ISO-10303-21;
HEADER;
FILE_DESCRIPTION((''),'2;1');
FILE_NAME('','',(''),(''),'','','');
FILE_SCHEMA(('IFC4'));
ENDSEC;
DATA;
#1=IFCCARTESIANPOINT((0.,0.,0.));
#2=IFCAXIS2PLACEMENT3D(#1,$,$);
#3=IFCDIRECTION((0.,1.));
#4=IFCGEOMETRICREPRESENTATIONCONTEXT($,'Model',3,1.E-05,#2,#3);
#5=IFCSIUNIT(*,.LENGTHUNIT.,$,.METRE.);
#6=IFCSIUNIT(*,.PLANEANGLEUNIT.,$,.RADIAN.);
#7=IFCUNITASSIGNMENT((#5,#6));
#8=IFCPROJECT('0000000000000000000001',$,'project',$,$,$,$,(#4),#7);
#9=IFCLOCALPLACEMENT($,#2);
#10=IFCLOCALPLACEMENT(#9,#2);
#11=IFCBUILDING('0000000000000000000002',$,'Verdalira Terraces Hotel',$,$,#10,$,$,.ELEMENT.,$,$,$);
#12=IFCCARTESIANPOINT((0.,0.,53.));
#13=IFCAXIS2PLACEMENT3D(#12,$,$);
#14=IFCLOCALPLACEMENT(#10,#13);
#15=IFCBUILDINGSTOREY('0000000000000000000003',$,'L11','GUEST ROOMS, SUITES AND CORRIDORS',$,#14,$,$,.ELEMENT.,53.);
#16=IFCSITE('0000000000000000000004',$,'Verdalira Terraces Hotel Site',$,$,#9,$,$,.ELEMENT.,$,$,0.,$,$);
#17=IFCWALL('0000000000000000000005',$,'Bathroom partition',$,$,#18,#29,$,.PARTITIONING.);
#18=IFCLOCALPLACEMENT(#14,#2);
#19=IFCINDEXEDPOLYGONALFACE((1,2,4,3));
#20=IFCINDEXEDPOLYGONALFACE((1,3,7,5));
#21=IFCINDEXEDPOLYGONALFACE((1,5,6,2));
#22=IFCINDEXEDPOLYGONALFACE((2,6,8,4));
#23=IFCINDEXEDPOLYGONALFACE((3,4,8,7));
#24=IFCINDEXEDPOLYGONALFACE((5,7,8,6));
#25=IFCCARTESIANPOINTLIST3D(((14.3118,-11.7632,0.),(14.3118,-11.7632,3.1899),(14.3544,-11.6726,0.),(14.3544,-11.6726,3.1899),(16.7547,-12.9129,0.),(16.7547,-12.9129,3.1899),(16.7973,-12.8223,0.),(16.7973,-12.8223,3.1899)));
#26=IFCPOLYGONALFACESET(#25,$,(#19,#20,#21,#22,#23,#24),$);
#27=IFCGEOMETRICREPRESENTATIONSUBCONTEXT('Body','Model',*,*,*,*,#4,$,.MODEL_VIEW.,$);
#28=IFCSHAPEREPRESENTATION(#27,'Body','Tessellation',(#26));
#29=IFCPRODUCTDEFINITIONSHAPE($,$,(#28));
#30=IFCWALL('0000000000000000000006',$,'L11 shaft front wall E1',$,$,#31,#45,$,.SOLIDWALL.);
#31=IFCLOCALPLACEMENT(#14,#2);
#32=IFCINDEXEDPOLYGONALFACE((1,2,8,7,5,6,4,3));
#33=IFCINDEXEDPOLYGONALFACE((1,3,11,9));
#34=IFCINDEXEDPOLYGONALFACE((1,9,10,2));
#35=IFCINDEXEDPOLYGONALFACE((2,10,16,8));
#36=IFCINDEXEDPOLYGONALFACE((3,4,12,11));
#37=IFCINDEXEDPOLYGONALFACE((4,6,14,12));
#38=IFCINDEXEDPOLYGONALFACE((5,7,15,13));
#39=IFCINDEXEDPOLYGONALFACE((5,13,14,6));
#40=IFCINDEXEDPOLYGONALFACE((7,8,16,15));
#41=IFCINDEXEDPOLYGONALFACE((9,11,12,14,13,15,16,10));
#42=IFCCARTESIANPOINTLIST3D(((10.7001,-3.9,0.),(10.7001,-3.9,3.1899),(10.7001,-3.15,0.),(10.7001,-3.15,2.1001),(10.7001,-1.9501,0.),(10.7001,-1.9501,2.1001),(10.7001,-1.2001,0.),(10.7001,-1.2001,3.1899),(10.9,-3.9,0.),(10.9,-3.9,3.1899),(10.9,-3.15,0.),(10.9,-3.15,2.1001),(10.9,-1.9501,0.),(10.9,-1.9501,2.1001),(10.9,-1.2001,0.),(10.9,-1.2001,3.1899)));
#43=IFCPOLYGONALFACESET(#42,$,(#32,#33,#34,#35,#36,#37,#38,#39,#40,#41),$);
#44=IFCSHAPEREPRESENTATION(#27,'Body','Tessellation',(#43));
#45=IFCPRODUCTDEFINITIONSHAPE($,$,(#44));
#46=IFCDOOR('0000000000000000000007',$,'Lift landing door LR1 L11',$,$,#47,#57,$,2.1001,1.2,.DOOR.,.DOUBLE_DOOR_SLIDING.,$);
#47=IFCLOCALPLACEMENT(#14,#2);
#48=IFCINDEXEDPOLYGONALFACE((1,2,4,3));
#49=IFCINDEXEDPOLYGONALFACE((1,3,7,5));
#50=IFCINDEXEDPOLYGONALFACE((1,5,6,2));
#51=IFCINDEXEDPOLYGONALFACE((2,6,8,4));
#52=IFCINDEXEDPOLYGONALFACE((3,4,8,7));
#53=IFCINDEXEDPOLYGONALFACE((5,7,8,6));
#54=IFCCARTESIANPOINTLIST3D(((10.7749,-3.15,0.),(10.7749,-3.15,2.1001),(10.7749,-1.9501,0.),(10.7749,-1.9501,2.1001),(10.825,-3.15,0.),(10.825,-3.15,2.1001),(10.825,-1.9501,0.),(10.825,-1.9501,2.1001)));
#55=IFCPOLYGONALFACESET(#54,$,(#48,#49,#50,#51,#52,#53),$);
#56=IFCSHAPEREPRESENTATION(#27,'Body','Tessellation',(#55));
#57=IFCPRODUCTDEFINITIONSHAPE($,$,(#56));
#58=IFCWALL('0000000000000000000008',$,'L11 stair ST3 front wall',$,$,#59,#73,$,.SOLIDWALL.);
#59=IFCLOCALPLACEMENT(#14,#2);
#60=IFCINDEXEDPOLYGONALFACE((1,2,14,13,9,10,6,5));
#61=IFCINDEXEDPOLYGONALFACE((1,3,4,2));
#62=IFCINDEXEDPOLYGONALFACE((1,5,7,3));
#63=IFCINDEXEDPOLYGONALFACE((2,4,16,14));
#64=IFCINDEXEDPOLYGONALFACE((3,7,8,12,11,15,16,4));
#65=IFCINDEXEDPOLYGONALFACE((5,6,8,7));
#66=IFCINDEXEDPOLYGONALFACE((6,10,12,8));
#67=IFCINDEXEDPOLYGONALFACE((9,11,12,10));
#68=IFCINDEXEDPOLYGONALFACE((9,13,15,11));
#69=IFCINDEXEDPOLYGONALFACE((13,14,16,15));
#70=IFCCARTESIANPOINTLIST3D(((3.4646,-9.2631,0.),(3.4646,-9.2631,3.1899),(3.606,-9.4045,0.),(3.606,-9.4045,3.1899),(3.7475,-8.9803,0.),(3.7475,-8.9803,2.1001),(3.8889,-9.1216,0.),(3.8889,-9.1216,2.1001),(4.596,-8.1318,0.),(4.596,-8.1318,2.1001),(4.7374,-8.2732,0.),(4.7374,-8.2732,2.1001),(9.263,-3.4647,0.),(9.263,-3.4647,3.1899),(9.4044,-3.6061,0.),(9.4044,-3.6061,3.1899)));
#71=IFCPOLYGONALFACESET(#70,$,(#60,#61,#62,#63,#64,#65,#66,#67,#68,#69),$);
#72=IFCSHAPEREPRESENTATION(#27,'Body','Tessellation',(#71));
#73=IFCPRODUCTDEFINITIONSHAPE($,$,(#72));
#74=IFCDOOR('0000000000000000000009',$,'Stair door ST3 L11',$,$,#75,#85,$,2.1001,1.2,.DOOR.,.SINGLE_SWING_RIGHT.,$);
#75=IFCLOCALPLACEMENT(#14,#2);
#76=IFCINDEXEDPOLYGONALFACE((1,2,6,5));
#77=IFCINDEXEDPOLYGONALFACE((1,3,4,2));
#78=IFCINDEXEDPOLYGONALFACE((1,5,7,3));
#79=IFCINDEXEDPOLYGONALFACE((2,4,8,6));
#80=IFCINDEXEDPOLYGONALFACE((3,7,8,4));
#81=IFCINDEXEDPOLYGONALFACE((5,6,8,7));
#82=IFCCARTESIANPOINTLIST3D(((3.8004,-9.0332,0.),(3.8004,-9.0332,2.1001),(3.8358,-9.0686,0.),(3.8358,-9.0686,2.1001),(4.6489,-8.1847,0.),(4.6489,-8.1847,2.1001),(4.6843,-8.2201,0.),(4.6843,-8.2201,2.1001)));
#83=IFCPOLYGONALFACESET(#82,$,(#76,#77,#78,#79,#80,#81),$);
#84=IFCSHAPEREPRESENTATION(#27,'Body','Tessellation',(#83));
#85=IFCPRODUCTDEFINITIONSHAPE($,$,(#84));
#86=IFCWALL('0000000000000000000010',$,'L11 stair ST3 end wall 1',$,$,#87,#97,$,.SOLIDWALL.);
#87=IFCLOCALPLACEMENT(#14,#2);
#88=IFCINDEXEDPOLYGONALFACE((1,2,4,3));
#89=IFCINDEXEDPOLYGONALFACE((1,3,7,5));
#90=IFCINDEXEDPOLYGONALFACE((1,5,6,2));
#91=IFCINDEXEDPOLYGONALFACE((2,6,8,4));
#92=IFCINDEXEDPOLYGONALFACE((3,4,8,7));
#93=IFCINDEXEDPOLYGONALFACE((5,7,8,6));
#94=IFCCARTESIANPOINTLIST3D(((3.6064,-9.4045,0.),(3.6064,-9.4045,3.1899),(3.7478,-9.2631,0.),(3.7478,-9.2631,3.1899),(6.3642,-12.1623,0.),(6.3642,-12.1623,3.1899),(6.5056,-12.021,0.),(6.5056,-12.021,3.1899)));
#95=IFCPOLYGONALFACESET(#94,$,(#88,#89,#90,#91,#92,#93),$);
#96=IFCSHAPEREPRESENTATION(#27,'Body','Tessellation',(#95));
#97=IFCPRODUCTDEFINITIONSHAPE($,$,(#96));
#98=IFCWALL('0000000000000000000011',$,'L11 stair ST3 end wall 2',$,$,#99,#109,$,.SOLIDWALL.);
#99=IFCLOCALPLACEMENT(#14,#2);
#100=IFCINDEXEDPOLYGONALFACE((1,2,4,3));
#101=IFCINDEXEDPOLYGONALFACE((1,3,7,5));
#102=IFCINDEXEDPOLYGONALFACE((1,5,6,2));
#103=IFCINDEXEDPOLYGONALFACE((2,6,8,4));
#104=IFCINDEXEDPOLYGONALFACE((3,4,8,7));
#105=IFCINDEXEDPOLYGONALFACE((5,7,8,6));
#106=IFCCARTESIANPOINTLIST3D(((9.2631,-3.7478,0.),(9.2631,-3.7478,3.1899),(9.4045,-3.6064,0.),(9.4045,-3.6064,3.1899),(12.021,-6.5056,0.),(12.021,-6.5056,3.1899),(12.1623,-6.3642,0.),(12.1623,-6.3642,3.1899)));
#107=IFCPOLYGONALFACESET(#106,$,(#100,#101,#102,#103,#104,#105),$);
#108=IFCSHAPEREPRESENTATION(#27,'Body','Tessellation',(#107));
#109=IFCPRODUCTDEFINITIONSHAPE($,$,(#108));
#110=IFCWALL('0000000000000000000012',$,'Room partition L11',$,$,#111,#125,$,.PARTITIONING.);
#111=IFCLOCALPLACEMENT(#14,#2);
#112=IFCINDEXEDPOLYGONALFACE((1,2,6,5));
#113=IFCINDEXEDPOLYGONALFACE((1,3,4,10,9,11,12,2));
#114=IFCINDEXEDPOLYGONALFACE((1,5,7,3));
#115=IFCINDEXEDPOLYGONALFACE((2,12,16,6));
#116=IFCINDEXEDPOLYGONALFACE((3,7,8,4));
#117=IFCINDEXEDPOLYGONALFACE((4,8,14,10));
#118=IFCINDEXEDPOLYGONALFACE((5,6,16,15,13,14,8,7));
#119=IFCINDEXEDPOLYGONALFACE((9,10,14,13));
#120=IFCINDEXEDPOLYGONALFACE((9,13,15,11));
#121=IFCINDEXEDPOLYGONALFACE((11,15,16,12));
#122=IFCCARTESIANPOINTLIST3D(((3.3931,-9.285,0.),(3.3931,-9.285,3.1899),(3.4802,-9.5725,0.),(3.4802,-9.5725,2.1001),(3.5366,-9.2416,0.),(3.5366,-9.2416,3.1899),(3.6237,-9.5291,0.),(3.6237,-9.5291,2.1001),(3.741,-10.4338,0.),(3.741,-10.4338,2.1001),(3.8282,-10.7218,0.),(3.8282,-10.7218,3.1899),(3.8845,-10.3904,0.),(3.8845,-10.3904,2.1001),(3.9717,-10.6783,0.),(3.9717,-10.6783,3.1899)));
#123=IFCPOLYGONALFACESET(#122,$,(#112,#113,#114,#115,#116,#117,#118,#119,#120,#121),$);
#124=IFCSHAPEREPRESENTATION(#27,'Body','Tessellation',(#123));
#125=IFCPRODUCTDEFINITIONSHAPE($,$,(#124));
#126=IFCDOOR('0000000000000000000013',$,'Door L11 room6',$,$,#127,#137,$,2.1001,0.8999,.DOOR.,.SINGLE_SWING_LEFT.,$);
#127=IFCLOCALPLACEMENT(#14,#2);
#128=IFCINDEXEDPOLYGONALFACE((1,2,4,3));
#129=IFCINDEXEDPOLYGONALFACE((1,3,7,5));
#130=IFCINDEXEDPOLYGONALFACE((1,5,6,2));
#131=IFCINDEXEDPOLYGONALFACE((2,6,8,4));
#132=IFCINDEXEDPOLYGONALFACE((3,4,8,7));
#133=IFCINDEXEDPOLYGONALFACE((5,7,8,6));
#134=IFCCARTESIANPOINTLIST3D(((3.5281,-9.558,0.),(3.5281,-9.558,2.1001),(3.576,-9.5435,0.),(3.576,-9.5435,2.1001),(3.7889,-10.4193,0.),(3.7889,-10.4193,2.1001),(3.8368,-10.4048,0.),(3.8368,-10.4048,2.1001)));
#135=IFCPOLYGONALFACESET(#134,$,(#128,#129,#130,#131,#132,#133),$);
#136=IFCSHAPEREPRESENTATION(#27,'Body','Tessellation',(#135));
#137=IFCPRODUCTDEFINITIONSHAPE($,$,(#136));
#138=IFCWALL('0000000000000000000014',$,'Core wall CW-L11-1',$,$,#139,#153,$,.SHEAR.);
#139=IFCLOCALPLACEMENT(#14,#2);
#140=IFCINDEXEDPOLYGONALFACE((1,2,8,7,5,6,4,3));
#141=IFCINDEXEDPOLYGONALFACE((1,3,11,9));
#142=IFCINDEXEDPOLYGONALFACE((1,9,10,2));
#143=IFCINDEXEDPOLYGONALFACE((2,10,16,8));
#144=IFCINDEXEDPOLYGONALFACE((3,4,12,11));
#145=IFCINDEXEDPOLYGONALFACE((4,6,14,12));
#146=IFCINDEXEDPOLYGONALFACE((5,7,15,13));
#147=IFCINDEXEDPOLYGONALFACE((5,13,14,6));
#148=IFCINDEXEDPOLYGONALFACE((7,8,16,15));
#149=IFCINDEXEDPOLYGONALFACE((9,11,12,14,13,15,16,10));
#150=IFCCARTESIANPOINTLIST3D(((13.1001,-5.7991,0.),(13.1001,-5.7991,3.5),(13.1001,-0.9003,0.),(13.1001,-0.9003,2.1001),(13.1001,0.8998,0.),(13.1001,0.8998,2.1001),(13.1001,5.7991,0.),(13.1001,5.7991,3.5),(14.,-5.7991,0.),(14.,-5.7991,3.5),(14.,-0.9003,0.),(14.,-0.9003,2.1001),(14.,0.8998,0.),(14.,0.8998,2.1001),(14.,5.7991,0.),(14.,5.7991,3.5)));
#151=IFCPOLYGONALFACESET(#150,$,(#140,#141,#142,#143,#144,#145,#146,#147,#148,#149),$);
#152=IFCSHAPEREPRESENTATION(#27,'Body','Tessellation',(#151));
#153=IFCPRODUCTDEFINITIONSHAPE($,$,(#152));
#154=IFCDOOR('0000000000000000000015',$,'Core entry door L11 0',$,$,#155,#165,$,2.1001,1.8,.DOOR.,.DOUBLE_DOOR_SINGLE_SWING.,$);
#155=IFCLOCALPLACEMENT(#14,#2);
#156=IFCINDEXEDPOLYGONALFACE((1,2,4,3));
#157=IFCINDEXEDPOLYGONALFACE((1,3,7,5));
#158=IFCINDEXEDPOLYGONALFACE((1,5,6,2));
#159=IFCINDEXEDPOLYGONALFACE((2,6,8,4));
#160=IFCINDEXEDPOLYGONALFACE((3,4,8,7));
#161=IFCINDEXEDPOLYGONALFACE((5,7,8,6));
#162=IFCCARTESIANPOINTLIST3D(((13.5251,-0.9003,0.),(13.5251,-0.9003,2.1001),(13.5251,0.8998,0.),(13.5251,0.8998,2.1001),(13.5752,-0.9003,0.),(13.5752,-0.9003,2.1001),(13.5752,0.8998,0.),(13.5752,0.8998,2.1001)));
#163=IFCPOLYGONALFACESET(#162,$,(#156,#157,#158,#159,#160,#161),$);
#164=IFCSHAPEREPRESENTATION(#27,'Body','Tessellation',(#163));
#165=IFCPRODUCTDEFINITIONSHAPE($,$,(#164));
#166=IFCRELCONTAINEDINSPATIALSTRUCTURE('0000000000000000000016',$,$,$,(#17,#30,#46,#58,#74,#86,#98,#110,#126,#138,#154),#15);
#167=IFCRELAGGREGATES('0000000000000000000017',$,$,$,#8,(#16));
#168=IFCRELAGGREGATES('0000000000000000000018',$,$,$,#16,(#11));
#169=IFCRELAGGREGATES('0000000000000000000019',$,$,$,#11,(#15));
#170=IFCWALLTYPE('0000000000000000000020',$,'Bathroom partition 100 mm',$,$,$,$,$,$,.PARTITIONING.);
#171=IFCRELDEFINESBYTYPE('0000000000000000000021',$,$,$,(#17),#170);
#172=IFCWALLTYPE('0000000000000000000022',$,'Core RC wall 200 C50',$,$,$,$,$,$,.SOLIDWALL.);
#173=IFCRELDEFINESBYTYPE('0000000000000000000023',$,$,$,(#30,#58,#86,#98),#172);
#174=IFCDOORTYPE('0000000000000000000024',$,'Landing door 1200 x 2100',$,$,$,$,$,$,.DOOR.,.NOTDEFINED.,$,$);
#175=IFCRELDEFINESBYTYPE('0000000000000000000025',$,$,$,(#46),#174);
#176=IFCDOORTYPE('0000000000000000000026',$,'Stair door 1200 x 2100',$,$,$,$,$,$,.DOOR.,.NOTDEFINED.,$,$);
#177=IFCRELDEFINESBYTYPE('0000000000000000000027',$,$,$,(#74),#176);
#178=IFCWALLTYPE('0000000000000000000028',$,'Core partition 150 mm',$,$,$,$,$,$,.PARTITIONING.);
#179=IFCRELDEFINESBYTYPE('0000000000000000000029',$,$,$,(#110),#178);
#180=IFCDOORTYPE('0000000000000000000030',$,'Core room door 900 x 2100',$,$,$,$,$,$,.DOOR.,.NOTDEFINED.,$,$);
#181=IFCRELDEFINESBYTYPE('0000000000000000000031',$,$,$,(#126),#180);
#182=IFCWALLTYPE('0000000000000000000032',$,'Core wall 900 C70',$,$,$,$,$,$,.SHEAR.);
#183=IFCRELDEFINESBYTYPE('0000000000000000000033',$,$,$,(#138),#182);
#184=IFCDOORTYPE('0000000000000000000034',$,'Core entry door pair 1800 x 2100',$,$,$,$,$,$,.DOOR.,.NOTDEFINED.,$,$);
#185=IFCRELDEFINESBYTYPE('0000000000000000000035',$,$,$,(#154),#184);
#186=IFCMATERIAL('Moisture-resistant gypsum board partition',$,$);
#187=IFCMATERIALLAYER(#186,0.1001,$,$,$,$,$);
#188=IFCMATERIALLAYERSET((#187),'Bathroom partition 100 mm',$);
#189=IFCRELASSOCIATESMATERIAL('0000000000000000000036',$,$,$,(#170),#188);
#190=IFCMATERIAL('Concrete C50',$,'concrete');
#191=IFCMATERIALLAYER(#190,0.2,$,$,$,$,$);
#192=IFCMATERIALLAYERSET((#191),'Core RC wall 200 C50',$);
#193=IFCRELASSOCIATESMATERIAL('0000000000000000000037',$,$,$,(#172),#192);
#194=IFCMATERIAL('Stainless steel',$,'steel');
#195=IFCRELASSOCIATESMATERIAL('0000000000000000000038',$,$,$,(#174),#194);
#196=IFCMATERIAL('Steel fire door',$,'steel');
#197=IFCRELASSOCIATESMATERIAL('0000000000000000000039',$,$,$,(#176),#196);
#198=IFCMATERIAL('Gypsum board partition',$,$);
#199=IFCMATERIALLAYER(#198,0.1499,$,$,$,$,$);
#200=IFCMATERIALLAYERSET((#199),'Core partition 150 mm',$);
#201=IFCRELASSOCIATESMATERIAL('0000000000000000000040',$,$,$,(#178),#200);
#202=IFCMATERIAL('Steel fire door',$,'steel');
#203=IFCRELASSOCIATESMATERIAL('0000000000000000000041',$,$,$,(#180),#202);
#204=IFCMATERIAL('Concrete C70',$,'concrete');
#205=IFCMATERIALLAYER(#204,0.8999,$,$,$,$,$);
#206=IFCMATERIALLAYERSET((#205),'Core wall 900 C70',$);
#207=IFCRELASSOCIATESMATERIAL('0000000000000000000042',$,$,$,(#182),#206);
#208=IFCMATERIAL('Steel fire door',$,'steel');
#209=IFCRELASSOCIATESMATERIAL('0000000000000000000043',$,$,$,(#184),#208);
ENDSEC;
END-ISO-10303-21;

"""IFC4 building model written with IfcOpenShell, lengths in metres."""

from ifc_helpers import new_model, si_unit, direction, frame, frame_2d, origin, place, context, subcontext, project, spatial, rectangle, extrude, material, layer, layer_set, type_object, element, fill, save


model = new_model("IFC4")

# Units and contexts
model_context = context("Model", 3, precision=1e-05, world=origin(), true_north=direction((0.0, 1.0)))
body_context = subcontext(model_context, "Body", "Model", "MODEL_VIEW")
ifc_project = project(units=[si_unit("LENGTHUNIT", "METRE"), si_unit("PLANEANGLEUNIT", "RADIAN")], contexts=[model_context])

# Site, building, storey
site_placement = place(None, origin())
site = spatial("IfcSite", under=ifc_project, at=site_placement, Name="Verdalira Terraces Hotel Site", CompositionType="ELEMENT", RefElevation=0.0)
building_placement = place(site_placement, origin())
building = spatial("IfcBuilding", under=site, at=building_placement, Name="Verdalira Terraces Hotel", CompositionType="ELEMENT")
storey_placement = place(building_placement, frame((0.0, 0.0, 53.0)))
storey = spatial("IfcBuildingStorey", under=building, at=storey_placement, Name="L11", Description="GUEST ROOMS, SUITES AND CORRIDORS", CompositionType="ELEMENT", Elevation=53.0)

# Wall
ifc_material_1 = material(Name="Moisture-resistant gypsum board partition")
ifc_layer_1 = layer(ifc_material_1, 0.1001)
ifc_layer_set_1 = layer_set([ifc_layer_1], Name="Bathroom partition 100 mm")
wall_type_1 = type_object("IfcWallType", Name="Bathroom partition 100 mm", PredefinedType="PARTITIONING", material=ifc_layer_set_1)
wall_1_placement = place(storey_placement, frame((16.7761, -12.8677, 0.0), z_axis=(0.0, 0.0, 1.0), x_axis=(-0.904808, 0.425819, 0.0)))
element("IfcWall", 1, at=wall_1_placement, inside=storey, type_object=wall_type_1, Name="Bathroom partition", PredefinedType="PARTITIONING", context=body_context, shape_type="SweptSolid", body=[
    extrude(rectangle(XDim=2.7, YDim=0.1001, at=frame_2d((1.3501, 0.0))), origin(), (0.0, 0.0, 1.0), 3.1899),
])

# Walls, openings, doors
ifc_material_2 = material(Name="Concrete C50", Category="concrete")
ifc_layer_2 = layer(ifc_material_2, 0.2)
ifc_layer_set_2 = layer_set([ifc_layer_2], Name="Core RC wall 200 C50")
wall_type_2 = type_object("IfcWallType", Name="Core RC wall 200 C50", PredefinedType="SOLIDWALL", material=ifc_layer_set_2)
wall_2_placement = place(storey_placement, frame((10.8, -1.2, 0.0), z_axis=(0.0, 0.0, 1.0), x_axis=(0.0, -1.0, 0.0)))
wall_2 = element("IfcWall", 2, at=wall_2_placement, inside=storey, type_object=wall_type_2, Name="L11 shaft front wall E1", PredefinedType="SOLIDWALL", context=body_context, shape_type="SweptSolid", body=[
    extrude(rectangle(XDim=2.7, YDim=0.2, at=frame_2d((1.3501, 0.0))), origin(), (0.0, 0.0, 1.0), 3.1899),
])
opening_1_placement = place(wall_2_placement, frame((0.75, 0.0, 0.0)))
opening_1 = element("IfcOpeningElement", 3, at=opening_1_placement, cuts=wall_2, PredefinedType="OPENING", context=body_context, shape_type="SweptSolid", body=[
    extrude(rectangle(XDim=1.2, YDim=2.1001, at=frame_2d((0.6001, 1.05))), frame((0.0, 0.1099, 0.0), z_axis=(0.0, -1.0, 0.0), x_axis=(1.0, 0.0, 0.0)), (0.0, 0.0, 1.0), 0.22),
])
ifc_material_3 = material(Name="Stainless steel", Category="steel")
door_type_1 = type_object("IfcDoorType", Name="Landing door 1200 x 2100", OperationType="NOTDEFINED", PredefinedType="DOOR", material=ifc_material_3)
door_1_placement = place(opening_1_placement, origin())
door_1 = element("IfcDoor", 4, at=door_1_placement, inside=storey, type_object=door_type_1, Name="Lift landing door LR1 L11", OperationType="DOUBLE_DOOR_SLIDING", OverallHeight=2.1001, OverallWidth=1.2, PredefinedType="DOOR", context=body_context, shape_type="SweptSolid", body=[
    extrude(rectangle(XDim=1.2, YDim=2.1001, at=frame_2d((0.6001, 1.05))), frame((0.0, 0.0249, 0.0), z_axis=(0.0, -1.0, 0.0), x_axis=(1.0, 0.0, 0.0)), (0.0, 0.0, 1.0), 0.05),
])
fill(opening_1, door_1)
wall_3_placement = place(storey_placement, frame((9.3337, -3.5354, 0.0), z_axis=(0.0, 0.0, 1.0), x_axis=(-0.707107, -0.707107, 0.0)))
wall_3 = element("IfcWall", 5, at=wall_3_placement, inside=storey, type_object=wall_type_2, Name="L11 stair ST3 front wall", PredefinedType="SOLIDWALL", context=body_context, shape_type="SweptSolid", body=[
    extrude(rectangle(XDim=8.2002, YDim=0.2, at=frame_2d((4.1001, 0.0))), origin(), (0.0, 0.0, 1.0), 3.1899),
])
opening_2_placement = place(wall_3_placement, frame((6.6001, 0.0, 0.0)))
opening_2 = element("IfcOpeningElement", 6, at=opening_2_placement, cuts=wall_3, PredefinedType="OPENING", context=body_context, shape_type="SweptSolid", body=[
    extrude(rectangle(XDim=1.2, YDim=2.1001, at=frame_2d((0.6001, 1.05))), frame((0.0, 0.1099, 0.0), z_axis=(0.0, -1.0, 0.0), x_axis=(1.0, 0.0, 0.0)), (0.0, 0.0, 1.0), 0.22),
])
ifc_material_4 = material(Name="Steel fire door", Category="steel")
door_type_2 = type_object("IfcDoorType", Name="Stair door 1200 x 2100", OperationType="NOTDEFINED", PredefinedType="DOOR", material=ifc_material_4)
door_2_placement = place(opening_2_placement, origin())
door_2 = element("IfcDoor", 7, at=door_2_placement, inside=storey, type_object=door_type_2, Name="Stair door ST3 L11", OperationType="SINGLE_SWING_RIGHT", OverallHeight=2.1001, OverallWidth=1.2, PredefinedType="DOOR", context=body_context, shape_type="SweptSolid", body=[
    extrude(rectangle(XDim=1.2, YDim=2.1001, at=frame_2d((0.6001, 1.05))), frame((0.0, 0.0249, 0.0), z_axis=(0.0, -1.0, 0.0), x_axis=(1.0, 0.0, 0.0)), (0.0, 0.0, 1.0), 0.05),
])
fill(opening_2, door_2)

# Walls
for number, where, z_axis, x_axis, name in (
    (8, (3.677, -9.3337, 0.0), (0.0, 0.0, 1.0), (0.707107, -0.707107, 0.0), "L11 stair ST3 end wall 1"),
    (9, (9.3337, -3.677, 0.0), (0.0, 0.0, 1.0), (0.707107, -0.707107, 0.0), "L11 stair ST3 end wall 2"),
):
    element("IfcWall", number, at=place(storey_placement, frame(where, z_axis=z_axis, x_axis=x_axis)), inside=storey, type_object=wall_type_2, Name=name, PredefinedType="SOLIDWALL", context=body_context, shape_type="SweptSolid", body=[
        extrude(rectangle(XDim=3.9001, YDim=0.2, at=frame_2d((1.9502, 0.0))), origin(), (0.0, 0.0, 1.0), 3.1899),
    ])

# Walls, openings, doors
ifc_material_5 = material(Name="Gypsum board partition")
ifc_layer_3 = layer(ifc_material_5, 0.1499)
ifc_layer_set_3 = layer_set([ifc_layer_3], Name="Core partition 150 mm")
wall_type_3 = type_object("IfcWallType", Name="Core partition 150 mm", PredefinedType="PARTITIONING", material=ifc_layer_set_3)
wall_4_placement = place(storey_placement, frame((3.8999, -10.7, 0.0), z_axis=(0.0, 0.0, 1.0), x_axis=(-0.289809, 0.957085, 0.0)))
wall_4 = element("IfcWall", 10, at=wall_4_placement, inside=storey, type_object=wall_type_3, Name="Room partition L11", PredefinedType="PARTITIONING", context=body_context, shape_type="SweptSolid", body=[
    extrude(rectangle(XDim=1.5012, YDim=0.1499, at=frame_2d((0.7505, 0.0))), origin(), (0.0, 0.0, 1.0), 3.1899),
])
opening_3_placement = place(wall_4_placement, frame((0.3008, 0.0, 0.0)))
opening_3 = element("IfcOpeningElement", 11, at=opening_3_placement, cuts=wall_4, PredefinedType="OPENING", context=body_context, shape_type="SweptSolid", body=[
    extrude(rectangle(XDim=0.8999, YDim=2.1001, at=frame_2d((0.45, 1.05))), frame((0.0, 0.085, 0.0), z_axis=(0.0, -1.0, 0.0), x_axis=(1.0, 0.0, 0.0)), (0.0, 0.0, 1.0), 0.1699),
])
ifc_material_6 = material(Name="Steel fire door", Category="steel")
door_type_3 = type_object("IfcDoorType", Name="Core room door 900 x 2100", OperationType="NOTDEFINED", PredefinedType="DOOR", material=ifc_material_6)
door_3_placement = place(opening_3_placement, origin())
door_3 = element("IfcDoor", 12, at=door_3_placement, inside=storey, type_object=door_type_3, Name="Door L11 room6", OperationType="SINGLE_SWING_LEFT", OverallHeight=2.1001, OverallWidth=0.8999, PredefinedType="DOOR", context=body_context, shape_type="SweptSolid", body=[
    extrude(rectangle(XDim=0.8999, YDim=2.1001, at=frame_2d((0.45, 1.05))), frame((0.0, 0.0249, 0.0), z_axis=(0.0, -1.0, 0.0), x_axis=(1.0, 0.0, 0.0)), (0.0, 0.0, 1.0), 0.05),
])
fill(opening_3, door_3)
ifc_material_7 = material(Name="Concrete C70", Category="concrete")
ifc_layer_4 = layer(ifc_material_7, 0.8999)
ifc_layer_set_4 = layer_set([ifc_layer_4], Name="Core wall 900 C70")
wall_type_4 = type_object("IfcWallType", Name="Core wall 900 C70", PredefinedType="SHEAR", material=ifc_layer_set_4)
wall_5_placement = place(storey_placement, frame((13.55, -5.7991, 0.0), z_axis=(0.0, 0.0, 1.0), x_axis=(0.0, 1.0, 0.0)))
wall_5 = element("IfcWall", 13, at=wall_5_placement, inside=storey, type_object=wall_type_4, Name="Core wall CW-L11-1", PredefinedType="SHEAR", context=body_context, shape_type="SweptSolid", body=[
    extrude(rectangle(XDim=11.5981, YDim=0.8999, at=frame_2d((5.7991, 0.0))), origin(), (0.0, 0.0, 1.0), 3.5),
])
opening_4_placement = place(wall_5_placement, frame((4.8989, 0.0, 0.0)))
opening_4 = element("IfcOpeningElement", 14, at=opening_4_placement, cuts=wall_5, PredefinedType="OPENING", context=body_context, shape_type="SweptSolid", body=[
    extrude(rectangle(XDim=1.8, YDim=2.1001, at=frame_2d((0.8999, 1.05))), frame((0.0, 0.46, 0.0), z_axis=(0.0, -1.0, 0.0), x_axis=(1.0, 0.0, 0.0)), (0.0, 0.0, 1.0), 0.9199),
])
ifc_material_8 = material(Name="Steel fire door", Category="steel")
door_type_4 = type_object("IfcDoorType", Name="Core entry door pair 1800 x 2100", OperationType="NOTDEFINED", PredefinedType="DOOR", material=ifc_material_8)
door_4_placement = place(opening_4_placement, origin())
door_4 = element("IfcDoor", 15, at=door_4_placement, inside=storey, type_object=door_type_4, Name="Core entry door L11 0", OperationType="DOUBLE_DOOR_SINGLE_SWING", OverallHeight=2.1001, OverallWidth=1.8, PredefinedType="DOOR", context=body_context, shape_type="SweptSolid", body=[
    extrude(rectangle(XDim=1.8, YDim=2.1001, at=frame_2d((0.8999, 1.05))), frame((0.0, 0.0249, 0.0), z_axis=(0.0, -1.0, 0.0), x_axis=(1.0, 0.0, 0.0)), (0.0, 0.0, 1.0), 0.05),
])
fill(opening_4, door_4)

save(model, "model.ifc")
